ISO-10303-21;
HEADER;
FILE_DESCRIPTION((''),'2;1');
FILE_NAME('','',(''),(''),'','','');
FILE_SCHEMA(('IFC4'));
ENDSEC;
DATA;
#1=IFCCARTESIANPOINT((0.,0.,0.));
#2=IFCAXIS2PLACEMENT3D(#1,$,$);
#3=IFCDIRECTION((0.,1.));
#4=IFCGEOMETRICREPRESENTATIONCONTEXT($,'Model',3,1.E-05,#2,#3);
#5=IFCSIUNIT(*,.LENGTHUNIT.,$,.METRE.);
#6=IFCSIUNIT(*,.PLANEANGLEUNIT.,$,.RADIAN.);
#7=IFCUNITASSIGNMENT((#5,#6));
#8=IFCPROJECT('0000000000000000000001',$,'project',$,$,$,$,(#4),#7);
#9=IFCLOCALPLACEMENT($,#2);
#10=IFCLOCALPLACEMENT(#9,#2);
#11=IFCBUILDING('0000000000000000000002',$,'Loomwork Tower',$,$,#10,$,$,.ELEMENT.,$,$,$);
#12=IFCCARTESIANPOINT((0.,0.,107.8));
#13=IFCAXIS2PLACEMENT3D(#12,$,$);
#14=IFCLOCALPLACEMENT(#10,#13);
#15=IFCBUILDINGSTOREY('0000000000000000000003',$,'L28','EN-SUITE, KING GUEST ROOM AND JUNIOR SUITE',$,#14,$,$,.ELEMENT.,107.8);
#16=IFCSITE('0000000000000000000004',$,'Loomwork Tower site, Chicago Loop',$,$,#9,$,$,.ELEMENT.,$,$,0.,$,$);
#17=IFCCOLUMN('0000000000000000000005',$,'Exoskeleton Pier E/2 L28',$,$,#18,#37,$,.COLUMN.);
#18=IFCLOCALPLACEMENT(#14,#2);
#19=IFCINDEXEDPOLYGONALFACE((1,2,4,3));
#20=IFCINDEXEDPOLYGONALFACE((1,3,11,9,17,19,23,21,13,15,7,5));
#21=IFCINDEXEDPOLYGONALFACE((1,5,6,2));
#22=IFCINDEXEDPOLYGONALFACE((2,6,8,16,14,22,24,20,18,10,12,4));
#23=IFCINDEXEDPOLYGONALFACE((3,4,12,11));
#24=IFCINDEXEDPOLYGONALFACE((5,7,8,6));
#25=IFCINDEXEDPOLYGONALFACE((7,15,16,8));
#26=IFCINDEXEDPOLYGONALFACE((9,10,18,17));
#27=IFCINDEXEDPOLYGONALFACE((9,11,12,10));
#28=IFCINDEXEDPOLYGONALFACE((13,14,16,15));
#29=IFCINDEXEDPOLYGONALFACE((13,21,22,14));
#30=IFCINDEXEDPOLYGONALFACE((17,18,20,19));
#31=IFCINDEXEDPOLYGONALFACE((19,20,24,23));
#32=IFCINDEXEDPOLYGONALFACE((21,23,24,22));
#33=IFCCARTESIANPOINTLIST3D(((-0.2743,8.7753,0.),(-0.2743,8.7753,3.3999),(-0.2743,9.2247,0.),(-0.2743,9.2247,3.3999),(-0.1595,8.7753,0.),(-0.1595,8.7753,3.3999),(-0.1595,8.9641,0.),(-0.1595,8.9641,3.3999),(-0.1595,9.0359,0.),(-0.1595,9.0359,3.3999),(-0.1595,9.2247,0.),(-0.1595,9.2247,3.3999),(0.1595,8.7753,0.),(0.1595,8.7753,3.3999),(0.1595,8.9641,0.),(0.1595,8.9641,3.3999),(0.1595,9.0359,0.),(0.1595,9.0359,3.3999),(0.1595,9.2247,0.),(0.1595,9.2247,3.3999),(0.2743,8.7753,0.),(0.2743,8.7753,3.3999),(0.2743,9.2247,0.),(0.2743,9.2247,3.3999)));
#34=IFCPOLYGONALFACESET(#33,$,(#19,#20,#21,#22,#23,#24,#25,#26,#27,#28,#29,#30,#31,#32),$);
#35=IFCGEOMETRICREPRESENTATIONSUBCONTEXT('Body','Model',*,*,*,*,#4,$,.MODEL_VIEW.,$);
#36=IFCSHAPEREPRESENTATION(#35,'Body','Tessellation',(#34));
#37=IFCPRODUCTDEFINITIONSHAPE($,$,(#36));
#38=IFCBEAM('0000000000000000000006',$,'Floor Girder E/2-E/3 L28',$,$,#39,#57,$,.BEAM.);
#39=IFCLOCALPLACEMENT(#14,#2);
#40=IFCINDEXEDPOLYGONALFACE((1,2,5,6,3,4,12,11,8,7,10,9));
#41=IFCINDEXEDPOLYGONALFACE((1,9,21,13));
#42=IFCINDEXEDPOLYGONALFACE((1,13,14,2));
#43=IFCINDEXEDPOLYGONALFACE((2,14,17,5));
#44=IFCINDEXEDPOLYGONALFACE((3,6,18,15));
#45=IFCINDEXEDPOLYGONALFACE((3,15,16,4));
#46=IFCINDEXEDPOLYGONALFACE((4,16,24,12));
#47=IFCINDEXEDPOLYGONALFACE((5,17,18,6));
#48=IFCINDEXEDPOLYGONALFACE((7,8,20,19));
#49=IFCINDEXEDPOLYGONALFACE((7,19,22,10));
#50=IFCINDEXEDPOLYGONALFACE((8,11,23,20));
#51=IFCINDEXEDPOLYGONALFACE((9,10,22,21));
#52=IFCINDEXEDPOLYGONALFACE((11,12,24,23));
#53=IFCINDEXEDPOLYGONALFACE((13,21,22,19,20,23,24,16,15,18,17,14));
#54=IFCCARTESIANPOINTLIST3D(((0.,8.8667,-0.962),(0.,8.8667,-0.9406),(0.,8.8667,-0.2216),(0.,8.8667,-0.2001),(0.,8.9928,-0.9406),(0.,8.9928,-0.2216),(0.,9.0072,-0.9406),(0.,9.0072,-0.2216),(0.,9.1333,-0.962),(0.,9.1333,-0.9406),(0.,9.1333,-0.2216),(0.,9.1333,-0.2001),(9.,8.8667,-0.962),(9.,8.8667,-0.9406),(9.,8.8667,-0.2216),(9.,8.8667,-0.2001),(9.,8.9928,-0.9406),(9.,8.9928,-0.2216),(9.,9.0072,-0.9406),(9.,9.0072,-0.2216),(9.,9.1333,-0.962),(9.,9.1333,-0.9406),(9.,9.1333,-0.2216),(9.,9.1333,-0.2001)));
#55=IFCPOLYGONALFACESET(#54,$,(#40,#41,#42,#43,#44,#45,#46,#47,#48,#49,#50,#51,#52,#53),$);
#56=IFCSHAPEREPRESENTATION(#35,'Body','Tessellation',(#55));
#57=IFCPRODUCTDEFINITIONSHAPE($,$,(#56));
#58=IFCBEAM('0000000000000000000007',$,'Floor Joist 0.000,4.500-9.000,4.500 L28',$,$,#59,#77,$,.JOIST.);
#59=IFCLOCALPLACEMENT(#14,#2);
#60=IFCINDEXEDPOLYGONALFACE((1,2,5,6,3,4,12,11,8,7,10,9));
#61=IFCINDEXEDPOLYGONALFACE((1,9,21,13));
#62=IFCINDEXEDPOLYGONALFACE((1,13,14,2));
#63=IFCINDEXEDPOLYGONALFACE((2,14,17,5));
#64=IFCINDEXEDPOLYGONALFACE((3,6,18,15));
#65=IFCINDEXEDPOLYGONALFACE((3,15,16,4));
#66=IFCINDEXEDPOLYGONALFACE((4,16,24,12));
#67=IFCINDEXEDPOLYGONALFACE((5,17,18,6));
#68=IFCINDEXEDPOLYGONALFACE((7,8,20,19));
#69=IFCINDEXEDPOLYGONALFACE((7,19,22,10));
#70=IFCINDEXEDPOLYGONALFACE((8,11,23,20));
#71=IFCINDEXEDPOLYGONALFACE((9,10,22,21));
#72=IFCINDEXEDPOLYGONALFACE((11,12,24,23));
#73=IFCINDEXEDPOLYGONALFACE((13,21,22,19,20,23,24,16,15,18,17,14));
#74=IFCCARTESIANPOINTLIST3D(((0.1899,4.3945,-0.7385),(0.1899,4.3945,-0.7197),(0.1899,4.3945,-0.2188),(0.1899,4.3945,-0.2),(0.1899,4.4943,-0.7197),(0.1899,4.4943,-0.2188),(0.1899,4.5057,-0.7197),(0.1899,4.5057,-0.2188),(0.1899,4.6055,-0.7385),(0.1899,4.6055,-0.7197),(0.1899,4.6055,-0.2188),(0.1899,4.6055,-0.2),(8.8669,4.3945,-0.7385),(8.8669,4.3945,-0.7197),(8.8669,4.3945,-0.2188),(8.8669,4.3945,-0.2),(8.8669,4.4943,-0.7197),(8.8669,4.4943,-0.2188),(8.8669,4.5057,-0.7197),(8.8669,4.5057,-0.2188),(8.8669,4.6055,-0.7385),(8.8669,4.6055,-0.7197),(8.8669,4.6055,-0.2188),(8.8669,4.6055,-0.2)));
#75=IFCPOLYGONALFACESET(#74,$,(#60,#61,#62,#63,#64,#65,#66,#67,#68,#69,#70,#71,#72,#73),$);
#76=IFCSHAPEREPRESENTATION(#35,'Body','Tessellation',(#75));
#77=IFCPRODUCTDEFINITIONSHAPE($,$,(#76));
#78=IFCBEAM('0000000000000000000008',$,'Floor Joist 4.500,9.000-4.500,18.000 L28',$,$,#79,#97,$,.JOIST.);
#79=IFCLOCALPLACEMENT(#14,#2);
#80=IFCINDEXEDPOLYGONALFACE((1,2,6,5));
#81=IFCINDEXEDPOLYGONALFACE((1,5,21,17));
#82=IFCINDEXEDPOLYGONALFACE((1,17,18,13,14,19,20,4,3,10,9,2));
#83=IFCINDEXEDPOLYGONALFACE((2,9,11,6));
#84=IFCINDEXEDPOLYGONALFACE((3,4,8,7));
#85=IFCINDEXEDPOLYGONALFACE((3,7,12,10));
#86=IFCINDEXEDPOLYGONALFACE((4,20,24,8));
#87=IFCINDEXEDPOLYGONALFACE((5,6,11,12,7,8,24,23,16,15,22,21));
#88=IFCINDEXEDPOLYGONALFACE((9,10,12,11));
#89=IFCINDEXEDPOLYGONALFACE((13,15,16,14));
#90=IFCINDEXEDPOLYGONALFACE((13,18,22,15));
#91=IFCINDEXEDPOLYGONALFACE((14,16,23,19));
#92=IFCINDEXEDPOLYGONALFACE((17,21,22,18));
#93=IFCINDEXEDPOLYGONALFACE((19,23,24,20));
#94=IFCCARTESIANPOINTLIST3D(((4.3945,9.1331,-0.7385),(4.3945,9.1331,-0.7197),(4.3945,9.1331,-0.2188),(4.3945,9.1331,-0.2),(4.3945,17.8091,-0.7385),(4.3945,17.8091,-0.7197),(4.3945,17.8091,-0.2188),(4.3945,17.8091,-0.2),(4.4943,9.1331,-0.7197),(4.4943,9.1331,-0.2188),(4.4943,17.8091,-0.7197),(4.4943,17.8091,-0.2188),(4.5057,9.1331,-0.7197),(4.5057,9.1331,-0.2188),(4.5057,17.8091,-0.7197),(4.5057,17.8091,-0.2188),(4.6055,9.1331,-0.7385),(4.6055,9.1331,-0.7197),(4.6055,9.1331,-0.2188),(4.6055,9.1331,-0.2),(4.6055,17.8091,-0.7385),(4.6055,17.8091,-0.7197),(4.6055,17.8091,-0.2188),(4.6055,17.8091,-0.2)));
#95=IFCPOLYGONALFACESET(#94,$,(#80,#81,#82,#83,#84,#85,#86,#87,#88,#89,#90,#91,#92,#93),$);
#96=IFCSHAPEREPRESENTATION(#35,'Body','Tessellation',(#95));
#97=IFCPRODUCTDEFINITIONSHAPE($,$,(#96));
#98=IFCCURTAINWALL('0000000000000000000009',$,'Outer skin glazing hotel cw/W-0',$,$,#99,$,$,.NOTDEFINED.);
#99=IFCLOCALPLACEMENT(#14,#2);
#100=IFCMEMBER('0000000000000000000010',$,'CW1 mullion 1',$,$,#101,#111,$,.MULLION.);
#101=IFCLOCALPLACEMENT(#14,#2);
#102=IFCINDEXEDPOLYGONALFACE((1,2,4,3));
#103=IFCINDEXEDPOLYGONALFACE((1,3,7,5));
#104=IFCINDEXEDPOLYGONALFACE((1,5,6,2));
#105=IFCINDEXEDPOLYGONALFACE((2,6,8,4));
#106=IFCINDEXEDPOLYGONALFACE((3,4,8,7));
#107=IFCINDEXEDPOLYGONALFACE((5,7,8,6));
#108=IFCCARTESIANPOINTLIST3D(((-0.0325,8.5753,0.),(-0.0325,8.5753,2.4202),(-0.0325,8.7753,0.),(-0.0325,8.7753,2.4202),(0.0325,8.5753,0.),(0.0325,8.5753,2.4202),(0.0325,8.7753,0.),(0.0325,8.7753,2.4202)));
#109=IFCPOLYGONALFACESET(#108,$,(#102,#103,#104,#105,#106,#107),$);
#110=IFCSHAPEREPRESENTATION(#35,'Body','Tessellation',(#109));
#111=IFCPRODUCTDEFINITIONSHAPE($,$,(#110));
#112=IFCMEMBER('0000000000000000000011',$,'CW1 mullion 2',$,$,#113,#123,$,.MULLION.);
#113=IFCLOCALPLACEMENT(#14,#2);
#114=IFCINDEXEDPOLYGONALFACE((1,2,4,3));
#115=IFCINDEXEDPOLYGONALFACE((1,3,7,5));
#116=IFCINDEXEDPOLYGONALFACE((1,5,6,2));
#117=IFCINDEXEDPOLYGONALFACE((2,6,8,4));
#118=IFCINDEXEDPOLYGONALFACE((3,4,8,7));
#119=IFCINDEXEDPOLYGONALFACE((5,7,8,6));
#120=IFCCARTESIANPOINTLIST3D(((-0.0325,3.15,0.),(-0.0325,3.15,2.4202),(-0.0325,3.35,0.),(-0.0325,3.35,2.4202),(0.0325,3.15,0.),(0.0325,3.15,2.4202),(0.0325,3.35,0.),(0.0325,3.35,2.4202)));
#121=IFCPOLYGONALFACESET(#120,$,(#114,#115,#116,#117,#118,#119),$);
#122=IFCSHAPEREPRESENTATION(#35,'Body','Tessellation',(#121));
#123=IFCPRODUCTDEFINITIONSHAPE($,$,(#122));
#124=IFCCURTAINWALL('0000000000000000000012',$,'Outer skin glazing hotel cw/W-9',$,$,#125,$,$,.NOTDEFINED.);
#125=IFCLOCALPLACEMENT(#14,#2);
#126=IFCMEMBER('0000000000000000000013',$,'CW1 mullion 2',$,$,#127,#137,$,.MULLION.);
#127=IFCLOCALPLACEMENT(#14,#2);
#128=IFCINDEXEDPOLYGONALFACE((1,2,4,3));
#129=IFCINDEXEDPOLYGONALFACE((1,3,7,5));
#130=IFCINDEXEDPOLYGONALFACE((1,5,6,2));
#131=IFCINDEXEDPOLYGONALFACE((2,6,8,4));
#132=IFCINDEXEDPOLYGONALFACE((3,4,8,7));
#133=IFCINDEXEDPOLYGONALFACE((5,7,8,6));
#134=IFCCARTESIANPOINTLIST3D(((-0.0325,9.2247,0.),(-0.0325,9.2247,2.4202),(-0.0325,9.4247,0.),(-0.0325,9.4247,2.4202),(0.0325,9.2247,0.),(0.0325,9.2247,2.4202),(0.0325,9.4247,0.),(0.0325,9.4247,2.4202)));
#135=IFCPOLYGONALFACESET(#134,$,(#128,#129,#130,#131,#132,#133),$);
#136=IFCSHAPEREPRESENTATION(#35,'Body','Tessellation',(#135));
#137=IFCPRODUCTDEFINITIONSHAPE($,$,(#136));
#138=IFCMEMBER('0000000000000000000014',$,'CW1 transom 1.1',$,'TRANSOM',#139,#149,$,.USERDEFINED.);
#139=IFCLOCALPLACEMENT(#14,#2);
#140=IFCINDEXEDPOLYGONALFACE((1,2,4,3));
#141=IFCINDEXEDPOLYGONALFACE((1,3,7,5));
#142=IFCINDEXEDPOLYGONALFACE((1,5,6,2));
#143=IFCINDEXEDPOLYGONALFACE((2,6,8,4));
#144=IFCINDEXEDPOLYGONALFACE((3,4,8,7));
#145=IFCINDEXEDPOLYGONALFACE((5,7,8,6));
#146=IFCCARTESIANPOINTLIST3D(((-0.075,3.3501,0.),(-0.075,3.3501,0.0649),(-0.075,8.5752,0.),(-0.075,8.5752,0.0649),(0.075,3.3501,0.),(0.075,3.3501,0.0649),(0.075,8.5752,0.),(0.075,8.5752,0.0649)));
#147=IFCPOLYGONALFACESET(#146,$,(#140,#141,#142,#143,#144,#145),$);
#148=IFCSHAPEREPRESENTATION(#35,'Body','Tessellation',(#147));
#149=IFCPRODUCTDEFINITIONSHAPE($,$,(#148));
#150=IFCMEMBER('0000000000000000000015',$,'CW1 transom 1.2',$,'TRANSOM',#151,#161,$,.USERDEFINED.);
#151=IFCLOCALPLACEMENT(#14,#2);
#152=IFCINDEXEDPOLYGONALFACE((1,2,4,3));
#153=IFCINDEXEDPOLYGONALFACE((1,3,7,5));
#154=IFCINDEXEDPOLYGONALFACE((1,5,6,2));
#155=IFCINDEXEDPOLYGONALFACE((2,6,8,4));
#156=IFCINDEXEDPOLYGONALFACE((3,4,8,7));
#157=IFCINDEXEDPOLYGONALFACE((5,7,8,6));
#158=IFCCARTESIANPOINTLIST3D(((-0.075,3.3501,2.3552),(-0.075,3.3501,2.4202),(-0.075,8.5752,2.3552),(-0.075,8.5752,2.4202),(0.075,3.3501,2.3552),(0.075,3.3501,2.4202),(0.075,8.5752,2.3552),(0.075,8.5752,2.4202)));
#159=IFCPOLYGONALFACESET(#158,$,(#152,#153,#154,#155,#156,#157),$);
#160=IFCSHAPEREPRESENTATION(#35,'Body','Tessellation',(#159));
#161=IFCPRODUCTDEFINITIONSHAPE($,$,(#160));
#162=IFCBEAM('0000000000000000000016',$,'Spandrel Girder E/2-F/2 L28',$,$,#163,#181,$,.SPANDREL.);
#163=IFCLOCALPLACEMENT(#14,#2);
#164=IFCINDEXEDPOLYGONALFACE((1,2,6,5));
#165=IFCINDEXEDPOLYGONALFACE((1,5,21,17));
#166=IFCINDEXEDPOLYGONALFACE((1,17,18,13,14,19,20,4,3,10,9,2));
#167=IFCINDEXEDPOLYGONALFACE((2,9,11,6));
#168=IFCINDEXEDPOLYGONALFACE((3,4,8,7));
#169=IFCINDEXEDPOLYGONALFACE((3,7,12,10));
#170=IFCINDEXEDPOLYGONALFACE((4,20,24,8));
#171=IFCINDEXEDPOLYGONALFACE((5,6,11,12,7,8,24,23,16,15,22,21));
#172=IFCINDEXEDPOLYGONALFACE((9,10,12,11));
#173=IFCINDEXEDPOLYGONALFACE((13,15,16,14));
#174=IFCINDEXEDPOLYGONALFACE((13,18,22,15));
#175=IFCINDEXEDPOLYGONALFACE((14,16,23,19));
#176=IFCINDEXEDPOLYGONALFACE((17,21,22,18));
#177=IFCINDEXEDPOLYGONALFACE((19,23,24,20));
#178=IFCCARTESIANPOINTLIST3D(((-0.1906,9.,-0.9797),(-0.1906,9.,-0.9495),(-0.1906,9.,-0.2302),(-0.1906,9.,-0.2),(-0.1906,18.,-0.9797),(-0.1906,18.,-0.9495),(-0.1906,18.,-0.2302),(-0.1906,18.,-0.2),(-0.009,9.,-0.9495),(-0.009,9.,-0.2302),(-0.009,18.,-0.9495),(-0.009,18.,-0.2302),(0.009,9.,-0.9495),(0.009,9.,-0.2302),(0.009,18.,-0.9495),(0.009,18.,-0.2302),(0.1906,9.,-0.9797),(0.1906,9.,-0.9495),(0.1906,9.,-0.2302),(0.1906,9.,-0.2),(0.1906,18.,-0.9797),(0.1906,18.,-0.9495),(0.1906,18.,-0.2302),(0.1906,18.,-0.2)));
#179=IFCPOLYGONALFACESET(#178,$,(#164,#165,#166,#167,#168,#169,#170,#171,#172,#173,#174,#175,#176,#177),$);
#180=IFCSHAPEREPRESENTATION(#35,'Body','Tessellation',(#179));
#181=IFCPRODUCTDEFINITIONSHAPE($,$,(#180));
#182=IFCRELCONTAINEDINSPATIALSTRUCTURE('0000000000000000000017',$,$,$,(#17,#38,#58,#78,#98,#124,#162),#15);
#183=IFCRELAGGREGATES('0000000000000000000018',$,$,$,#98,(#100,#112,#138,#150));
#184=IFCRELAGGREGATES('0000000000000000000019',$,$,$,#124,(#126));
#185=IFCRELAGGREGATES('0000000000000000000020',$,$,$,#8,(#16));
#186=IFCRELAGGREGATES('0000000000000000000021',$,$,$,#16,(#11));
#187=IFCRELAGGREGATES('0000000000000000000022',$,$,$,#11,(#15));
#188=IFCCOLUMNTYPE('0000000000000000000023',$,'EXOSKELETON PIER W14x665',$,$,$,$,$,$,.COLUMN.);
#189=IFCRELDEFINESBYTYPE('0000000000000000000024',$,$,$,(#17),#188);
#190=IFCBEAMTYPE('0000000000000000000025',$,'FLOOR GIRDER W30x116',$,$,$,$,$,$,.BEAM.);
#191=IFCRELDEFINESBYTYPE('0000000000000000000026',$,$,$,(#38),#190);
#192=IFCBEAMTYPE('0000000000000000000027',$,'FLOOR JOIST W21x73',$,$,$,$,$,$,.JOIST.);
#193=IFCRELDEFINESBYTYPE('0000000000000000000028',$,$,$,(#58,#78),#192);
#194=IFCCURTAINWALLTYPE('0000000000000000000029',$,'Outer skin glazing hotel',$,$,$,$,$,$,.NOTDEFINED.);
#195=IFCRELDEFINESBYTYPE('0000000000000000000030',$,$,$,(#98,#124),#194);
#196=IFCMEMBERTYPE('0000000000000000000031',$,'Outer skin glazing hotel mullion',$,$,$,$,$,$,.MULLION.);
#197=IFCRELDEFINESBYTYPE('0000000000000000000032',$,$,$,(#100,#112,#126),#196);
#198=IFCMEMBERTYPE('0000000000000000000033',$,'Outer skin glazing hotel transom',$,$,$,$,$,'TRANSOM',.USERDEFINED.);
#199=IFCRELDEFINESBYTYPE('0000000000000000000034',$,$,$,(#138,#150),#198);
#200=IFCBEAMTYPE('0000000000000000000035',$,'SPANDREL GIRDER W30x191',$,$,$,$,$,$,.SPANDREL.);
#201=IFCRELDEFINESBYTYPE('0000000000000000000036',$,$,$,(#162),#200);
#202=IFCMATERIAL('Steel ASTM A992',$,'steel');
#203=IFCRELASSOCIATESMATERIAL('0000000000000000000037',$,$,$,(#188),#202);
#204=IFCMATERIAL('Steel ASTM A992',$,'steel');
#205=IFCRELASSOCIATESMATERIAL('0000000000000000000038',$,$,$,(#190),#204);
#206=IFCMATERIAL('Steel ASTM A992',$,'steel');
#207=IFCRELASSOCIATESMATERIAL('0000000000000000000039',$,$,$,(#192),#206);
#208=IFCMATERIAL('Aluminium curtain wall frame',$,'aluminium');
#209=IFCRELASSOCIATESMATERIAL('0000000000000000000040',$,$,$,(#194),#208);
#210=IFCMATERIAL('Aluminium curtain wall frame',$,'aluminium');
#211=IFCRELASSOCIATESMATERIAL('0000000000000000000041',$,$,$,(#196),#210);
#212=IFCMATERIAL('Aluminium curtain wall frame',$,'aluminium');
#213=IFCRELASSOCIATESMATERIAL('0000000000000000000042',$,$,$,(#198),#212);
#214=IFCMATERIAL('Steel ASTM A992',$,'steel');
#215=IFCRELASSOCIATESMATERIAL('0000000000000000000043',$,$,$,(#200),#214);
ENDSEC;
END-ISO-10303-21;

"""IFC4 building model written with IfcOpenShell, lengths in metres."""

from ifc_helpers import new_model, si_unit, direction, frame, origin, origin_2d, place, context, subcontext, project, spatial, rectangle, i_section, extrude, material, material_profile, profile_set, type_object, element, aggregate, save


model = new_model("IFC4")

# Units and contexts
model_context = context("Model", 3, precision=1e-05, world=origin(), true_north=direction((0.0, 1.0)))
body_context = subcontext(model_context, "Body", "Model", "MODEL_VIEW")
ifc_project = project(units=[si_unit("LENGTHUNIT", "METRE"), si_unit("PLANEANGLEUNIT", "RADIAN")], contexts=[model_context])

# Site, building, storey
site_placement = place(None, origin())
site = spatial("IfcSite", under=ifc_project, at=site_placement, Name="Loomwork Tower site, Chicago Loop", CompositionType="ELEMENT", RefElevation=0.0)
building_placement = place(site_placement, origin())
building = spatial("IfcBuilding", under=site, at=building_placement, Name="Loomwork Tower", CompositionType="ELEMENT")
storey_placement = place(building_placement, frame((0.0, 0.0, 107.8)))
storey = spatial("IfcBuildingStorey", under=building, at=storey_placement, Name="L28", Description="EN-SUITE, KING GUEST ROOM AND JUNIOR SUITE", CompositionType="ELEMENT", Elevation=107.8)

# Column
ifc_material_1 = material(Name="Steel ASTM A992", Category="steel")
ifc_material_profile_1 = material_profile(ifc_material_1, i_section(OverallWidth=0.4495, OverallDepth=0.5486, WebThickness=0.0718, FlangeThickness=0.1147, at=origin_2d()), Name="W14x665")
ifc_profile_set_1 = profile_set([ifc_material_profile_1], Name="Steel ASTM A992")
column_type = type_object("IfcColumnType", Name="EXOSKELETON PIER W14x665", PredefinedType="COLUMN", material=ifc_profile_set_1)
column_placement = place(storey_placement, frame((0.0, 9.0, 0.0), z_axis=(0.0, 0.0, 1.0), x_axis=(0.0, 1.0, 0.0)))
element("IfcColumn", 1, at=column_placement, inside=storey, type_object=column_type, Name="Exoskeleton Pier E/2 L28", PredefinedType="COLUMN", context=body_context, shape_type="SweptSolid", body=[
    extrude(i_section(OverallWidth=0.4495, OverallDepth=0.5486, WebThickness=0.0718, FlangeThickness=0.1147, at=origin_2d()), origin(), (0.0, 0.0, 1.0), 3.3999),
])

# Beams
ifc_material_2 = material(Name="Steel ASTM A992", Category="steel")
ifc_material_profile_2 = material_profile(ifc_material_2, i_section(OverallWidth=0.2666, OverallDepth=0.762, WebThickness=0.0144, FlangeThickness=0.0215, at=origin_2d()), Name="W30x116")
ifc_profile_set_2 = profile_set([ifc_material_profile_2], Name="Steel ASTM A992")
beam_type_1 = type_object("IfcBeamType", Name="FLOOR GIRDER W30x116", PredefinedType="BEAM", material=ifc_profile_set_2)
beam_1_placement = place(storey_placement, frame((0.0, 9.0, -0.5811), z_axis=(1.0, 0.0, 0.0), x_axis=(0.0, 1.0, 0.0)))
element("IfcBeam", 2, at=beam_1_placement, inside=storey, type_object=beam_type_1, Name="Floor Girder E/2-E/3 L28", PredefinedType="BEAM", context=body_context, shape_type="SweptSolid", body=[
    extrude(i_section(OverallWidth=0.2666, OverallDepth=0.762, WebThickness=0.0144, FlangeThickness=0.0215, at=origin_2d()), origin(), (0.0, 0.0, 1.0), 9.0),
])
ifc_material_3 = material(Name="Steel ASTM A992", Category="steel")
ifc_material_profile_3 = material_profile(ifc_material_3, i_section(OverallWidth=0.2109, OverallDepth=0.5386, WebThickness=0.0115, FlangeThickness=0.0188, at=origin_2d()), Name="W21x73")
ifc_profile_set_3 = profile_set([ifc_material_profile_3], Name="Steel ASTM A992")
beam_type_2 = type_object("IfcBeamType", Name="FLOOR JOIST W21x73", PredefinedType="JOIST", material=ifc_profile_set_3)
beam_2_placement = place(storey_placement, frame((0.1899, 4.5, -0.4692), z_axis=(1.0, 0.0, 0.0), x_axis=(0.0, 1.0, 0.0)))
element("IfcBeam", 3, at=beam_2_placement, inside=storey, type_object=beam_type_2, Name="Floor Joist 0.000,4.500-9.000,4.500 L28", PredefinedType="JOIST", context=body_context, shape_type="SweptSolid", body=[
    extrude(i_section(OverallWidth=0.2109, OverallDepth=0.5386, WebThickness=0.0115, FlangeThickness=0.0188, at=origin_2d()), origin(), (0.0, 0.0, 1.0), 8.677),
])
beam_3_placement = place(storey_placement, frame((4.5, 9.1331, -0.4692), z_axis=(0.0, 1.0, 0.0), x_axis=(-1.0, 0.0, 0.0)))
element("IfcBeam", 4, at=beam_3_placement, inside=storey, type_object=beam_type_2, Name="Floor Joist 4.500,9.000-4.500,18.000 L28", PredefinedType="JOIST", context=body_context, shape_type="SweptSolid", body=[
    extrude(i_section(OverallWidth=0.2109, OverallDepth=0.5386, WebThickness=0.0115, FlangeThickness=0.0188, at=origin_2d()), origin(), (0.0, 0.0, 1.0), 8.676),
])

# Curtain wall, members
ifc_material_4 = material(Name="Aluminium curtain wall frame", Category="aluminium")
curtain_wall_type = type_object("IfcCurtainWallType", Name="Outer skin glazing hotel", PredefinedType="NOTDEFINED", material=ifc_material_4)
curtain_wall_1_placement = place(storey_placement, origin())
curtain_wall_1 = element("IfcCurtainWall", 5, at=curtain_wall_1_placement, inside=storey, type_object=curtain_wall_type, Name="Outer skin glazing hotel cw/W-0", PredefinedType="NOTDEFINED")
ifc_material_5 = material(Name="Aluminium curtain wall frame", Category="aluminium")
ifc_material_profile_4 = material_profile(ifc_material_5, rectangle(XDim=0.0649, YDim=0.2, at=origin_2d()), Name="AL 65x200")
ifc_profile_set_4 = profile_set([ifc_material_profile_4], Name="Aluminium curtain wall frame")
member_type_1 = type_object("IfcMemberType", Name="Outer skin glazing hotel mullion", PredefinedType="MULLION", material=ifc_profile_set_4)
member_1_placement = place(storey_placement, frame((0.0, 8.6753, 0.0), z_axis=(0.0, 0.0, 1.0), x_axis=(1.0, 0.0, 0.0)))
member_1 = element("IfcMember", 6, at=member_1_placement, type_object=member_type_1, Name="CW1 mullion 1", PredefinedType="MULLION", context=body_context, shape_type="SweptSolid", body=[
    extrude(rectangle(XDim=0.0649, YDim=0.2, at=origin_2d()), origin(), (0.0, 0.0, 1.0), 2.4202),
])
member_2_placement = place(storey_placement, frame((0.0, 3.25, 0.0), z_axis=(0.0, 0.0, 1.0), x_axis=(1.0, 0.0, 0.0)))
member_2 = element("IfcMember", 7, at=member_2_placement, type_object=member_type_1, Name="CW1 mullion 2", PredefinedType="MULLION", context=body_context, shape_type="SweptSolid", body=[
    extrude(rectangle(XDim=0.0649, YDim=0.2, at=origin_2d()), origin(), (0.0, 0.0, 1.0), 2.4202),
])

# Curtain wall, member
curtain_wall_2_placement = place(storey_placement, origin())
curtain_wall_2 = element("IfcCurtainWall", 8, at=curtain_wall_2_placement, inside=storey, type_object=curtain_wall_type, Name="Outer skin glazing hotel cw/W-9", PredefinedType="NOTDEFINED")
member_3_placement = place(storey_placement, frame((0.0, 9.3247, 0.0), z_axis=(0.0, 0.0, 1.0), x_axis=(1.0, 0.0, 0.0)))
member_3 = element("IfcMember", 9, at=member_3_placement, type_object=member_type_1, Name="CW1 mullion 2", PredefinedType="MULLION", context=body_context, shape_type="SweptSolid", body=[
    extrude(rectangle(XDim=0.0649, YDim=0.2, at=origin_2d()), origin(), (0.0, 0.0, 1.0), 2.4202),
])

# Members
ifc_material_6 = material(Name="Aluminium curtain wall frame", Category="aluminium")
ifc_material_profile_5 = material_profile(ifc_material_6, rectangle(XDim=0.1499, YDim=0.0649, at=origin_2d()), Name="AL 65x150")
ifc_profile_set_5 = profile_set([ifc_material_profile_5], Name="Aluminium curtain wall frame")
member_type_2 = type_object("IfcMemberType", Name="Outer skin glazing hotel transom", ElementType="TRANSOM", PredefinedType="USERDEFINED", material=ifc_profile_set_5)
member_4_placement = place(storey_placement, frame((0.0, 8.5752, 0.0325), z_axis=(0.0, -1.0, 0.0), x_axis=(1.0, 0.0, 0.0)))
member_4 = element("IfcMember", 10, at=member_4_placement, type_object=member_type_2, Name="CW1 transom 1.1", ObjectType="TRANSOM", PredefinedType="USERDEFINED", context=body_context, shape_type="SweptSolid", body=[
    extrude(rectangle(XDim=0.1499, YDim=0.0649, at=origin_2d()), origin(), (0.0, 0.0, 1.0), 5.2251),
])
member_5_placement = place(storey_placement, frame((0.0, 8.5752, 2.3877), z_axis=(0.0, -1.0, 0.0), x_axis=(1.0, 0.0, 0.0)))
member_5 = element("IfcMember", 11, at=member_5_placement, type_object=member_type_2, Name="CW1 transom 1.2", ObjectType="TRANSOM", PredefinedType="USERDEFINED", context=body_context, shape_type="SweptSolid", body=[
    extrude(rectangle(XDim=0.1499, YDim=0.0649, at=origin_2d()), origin(), (0.0, 0.0, 1.0), 5.2251),
])

# Beam
ifc_material_7 = material(Name="Steel ASTM A992", Category="steel")
ifc_material_profile_6 = material_profile(ifc_material_7, i_section(OverallWidth=0.3811, OverallDepth=0.7798, WebThickness=0.0181, FlangeThickness=0.0303, at=origin_2d()), Name="W30x191")
ifc_profile_set_6 = profile_set([ifc_material_profile_6], Name="Steel ASTM A992")
beam_type_3 = type_object("IfcBeamType", Name="SPANDREL GIRDER W30x191", PredefinedType="SPANDREL", material=ifc_profile_set_6)
beam_4_placement = place(storey_placement, frame((0.0, 9.0, -0.5898), z_axis=(0.0, 1.0, 0.0), x_axis=(-1.0, 0.0, 0.0)))
element("IfcBeam", 12, at=beam_4_placement, inside=storey, type_object=beam_type_3, Name="Spandrel Girder E/2-F/2 L28", PredefinedType="SPANDREL", context=body_context, shape_type="SweptSolid", body=[
    extrude(i_section(OverallWidth=0.3811, OverallDepth=0.7798, WebThickness=0.0181, FlangeThickness=0.0303, at=origin_2d()), origin(), (0.0, 0.0, 1.0), 9.0),
])

aggregate(curtain_wall_1, [member_1, member_2, member_4, member_5])
aggregate(curtain_wall_2, [member_3])

save(model, "model.ifc")
